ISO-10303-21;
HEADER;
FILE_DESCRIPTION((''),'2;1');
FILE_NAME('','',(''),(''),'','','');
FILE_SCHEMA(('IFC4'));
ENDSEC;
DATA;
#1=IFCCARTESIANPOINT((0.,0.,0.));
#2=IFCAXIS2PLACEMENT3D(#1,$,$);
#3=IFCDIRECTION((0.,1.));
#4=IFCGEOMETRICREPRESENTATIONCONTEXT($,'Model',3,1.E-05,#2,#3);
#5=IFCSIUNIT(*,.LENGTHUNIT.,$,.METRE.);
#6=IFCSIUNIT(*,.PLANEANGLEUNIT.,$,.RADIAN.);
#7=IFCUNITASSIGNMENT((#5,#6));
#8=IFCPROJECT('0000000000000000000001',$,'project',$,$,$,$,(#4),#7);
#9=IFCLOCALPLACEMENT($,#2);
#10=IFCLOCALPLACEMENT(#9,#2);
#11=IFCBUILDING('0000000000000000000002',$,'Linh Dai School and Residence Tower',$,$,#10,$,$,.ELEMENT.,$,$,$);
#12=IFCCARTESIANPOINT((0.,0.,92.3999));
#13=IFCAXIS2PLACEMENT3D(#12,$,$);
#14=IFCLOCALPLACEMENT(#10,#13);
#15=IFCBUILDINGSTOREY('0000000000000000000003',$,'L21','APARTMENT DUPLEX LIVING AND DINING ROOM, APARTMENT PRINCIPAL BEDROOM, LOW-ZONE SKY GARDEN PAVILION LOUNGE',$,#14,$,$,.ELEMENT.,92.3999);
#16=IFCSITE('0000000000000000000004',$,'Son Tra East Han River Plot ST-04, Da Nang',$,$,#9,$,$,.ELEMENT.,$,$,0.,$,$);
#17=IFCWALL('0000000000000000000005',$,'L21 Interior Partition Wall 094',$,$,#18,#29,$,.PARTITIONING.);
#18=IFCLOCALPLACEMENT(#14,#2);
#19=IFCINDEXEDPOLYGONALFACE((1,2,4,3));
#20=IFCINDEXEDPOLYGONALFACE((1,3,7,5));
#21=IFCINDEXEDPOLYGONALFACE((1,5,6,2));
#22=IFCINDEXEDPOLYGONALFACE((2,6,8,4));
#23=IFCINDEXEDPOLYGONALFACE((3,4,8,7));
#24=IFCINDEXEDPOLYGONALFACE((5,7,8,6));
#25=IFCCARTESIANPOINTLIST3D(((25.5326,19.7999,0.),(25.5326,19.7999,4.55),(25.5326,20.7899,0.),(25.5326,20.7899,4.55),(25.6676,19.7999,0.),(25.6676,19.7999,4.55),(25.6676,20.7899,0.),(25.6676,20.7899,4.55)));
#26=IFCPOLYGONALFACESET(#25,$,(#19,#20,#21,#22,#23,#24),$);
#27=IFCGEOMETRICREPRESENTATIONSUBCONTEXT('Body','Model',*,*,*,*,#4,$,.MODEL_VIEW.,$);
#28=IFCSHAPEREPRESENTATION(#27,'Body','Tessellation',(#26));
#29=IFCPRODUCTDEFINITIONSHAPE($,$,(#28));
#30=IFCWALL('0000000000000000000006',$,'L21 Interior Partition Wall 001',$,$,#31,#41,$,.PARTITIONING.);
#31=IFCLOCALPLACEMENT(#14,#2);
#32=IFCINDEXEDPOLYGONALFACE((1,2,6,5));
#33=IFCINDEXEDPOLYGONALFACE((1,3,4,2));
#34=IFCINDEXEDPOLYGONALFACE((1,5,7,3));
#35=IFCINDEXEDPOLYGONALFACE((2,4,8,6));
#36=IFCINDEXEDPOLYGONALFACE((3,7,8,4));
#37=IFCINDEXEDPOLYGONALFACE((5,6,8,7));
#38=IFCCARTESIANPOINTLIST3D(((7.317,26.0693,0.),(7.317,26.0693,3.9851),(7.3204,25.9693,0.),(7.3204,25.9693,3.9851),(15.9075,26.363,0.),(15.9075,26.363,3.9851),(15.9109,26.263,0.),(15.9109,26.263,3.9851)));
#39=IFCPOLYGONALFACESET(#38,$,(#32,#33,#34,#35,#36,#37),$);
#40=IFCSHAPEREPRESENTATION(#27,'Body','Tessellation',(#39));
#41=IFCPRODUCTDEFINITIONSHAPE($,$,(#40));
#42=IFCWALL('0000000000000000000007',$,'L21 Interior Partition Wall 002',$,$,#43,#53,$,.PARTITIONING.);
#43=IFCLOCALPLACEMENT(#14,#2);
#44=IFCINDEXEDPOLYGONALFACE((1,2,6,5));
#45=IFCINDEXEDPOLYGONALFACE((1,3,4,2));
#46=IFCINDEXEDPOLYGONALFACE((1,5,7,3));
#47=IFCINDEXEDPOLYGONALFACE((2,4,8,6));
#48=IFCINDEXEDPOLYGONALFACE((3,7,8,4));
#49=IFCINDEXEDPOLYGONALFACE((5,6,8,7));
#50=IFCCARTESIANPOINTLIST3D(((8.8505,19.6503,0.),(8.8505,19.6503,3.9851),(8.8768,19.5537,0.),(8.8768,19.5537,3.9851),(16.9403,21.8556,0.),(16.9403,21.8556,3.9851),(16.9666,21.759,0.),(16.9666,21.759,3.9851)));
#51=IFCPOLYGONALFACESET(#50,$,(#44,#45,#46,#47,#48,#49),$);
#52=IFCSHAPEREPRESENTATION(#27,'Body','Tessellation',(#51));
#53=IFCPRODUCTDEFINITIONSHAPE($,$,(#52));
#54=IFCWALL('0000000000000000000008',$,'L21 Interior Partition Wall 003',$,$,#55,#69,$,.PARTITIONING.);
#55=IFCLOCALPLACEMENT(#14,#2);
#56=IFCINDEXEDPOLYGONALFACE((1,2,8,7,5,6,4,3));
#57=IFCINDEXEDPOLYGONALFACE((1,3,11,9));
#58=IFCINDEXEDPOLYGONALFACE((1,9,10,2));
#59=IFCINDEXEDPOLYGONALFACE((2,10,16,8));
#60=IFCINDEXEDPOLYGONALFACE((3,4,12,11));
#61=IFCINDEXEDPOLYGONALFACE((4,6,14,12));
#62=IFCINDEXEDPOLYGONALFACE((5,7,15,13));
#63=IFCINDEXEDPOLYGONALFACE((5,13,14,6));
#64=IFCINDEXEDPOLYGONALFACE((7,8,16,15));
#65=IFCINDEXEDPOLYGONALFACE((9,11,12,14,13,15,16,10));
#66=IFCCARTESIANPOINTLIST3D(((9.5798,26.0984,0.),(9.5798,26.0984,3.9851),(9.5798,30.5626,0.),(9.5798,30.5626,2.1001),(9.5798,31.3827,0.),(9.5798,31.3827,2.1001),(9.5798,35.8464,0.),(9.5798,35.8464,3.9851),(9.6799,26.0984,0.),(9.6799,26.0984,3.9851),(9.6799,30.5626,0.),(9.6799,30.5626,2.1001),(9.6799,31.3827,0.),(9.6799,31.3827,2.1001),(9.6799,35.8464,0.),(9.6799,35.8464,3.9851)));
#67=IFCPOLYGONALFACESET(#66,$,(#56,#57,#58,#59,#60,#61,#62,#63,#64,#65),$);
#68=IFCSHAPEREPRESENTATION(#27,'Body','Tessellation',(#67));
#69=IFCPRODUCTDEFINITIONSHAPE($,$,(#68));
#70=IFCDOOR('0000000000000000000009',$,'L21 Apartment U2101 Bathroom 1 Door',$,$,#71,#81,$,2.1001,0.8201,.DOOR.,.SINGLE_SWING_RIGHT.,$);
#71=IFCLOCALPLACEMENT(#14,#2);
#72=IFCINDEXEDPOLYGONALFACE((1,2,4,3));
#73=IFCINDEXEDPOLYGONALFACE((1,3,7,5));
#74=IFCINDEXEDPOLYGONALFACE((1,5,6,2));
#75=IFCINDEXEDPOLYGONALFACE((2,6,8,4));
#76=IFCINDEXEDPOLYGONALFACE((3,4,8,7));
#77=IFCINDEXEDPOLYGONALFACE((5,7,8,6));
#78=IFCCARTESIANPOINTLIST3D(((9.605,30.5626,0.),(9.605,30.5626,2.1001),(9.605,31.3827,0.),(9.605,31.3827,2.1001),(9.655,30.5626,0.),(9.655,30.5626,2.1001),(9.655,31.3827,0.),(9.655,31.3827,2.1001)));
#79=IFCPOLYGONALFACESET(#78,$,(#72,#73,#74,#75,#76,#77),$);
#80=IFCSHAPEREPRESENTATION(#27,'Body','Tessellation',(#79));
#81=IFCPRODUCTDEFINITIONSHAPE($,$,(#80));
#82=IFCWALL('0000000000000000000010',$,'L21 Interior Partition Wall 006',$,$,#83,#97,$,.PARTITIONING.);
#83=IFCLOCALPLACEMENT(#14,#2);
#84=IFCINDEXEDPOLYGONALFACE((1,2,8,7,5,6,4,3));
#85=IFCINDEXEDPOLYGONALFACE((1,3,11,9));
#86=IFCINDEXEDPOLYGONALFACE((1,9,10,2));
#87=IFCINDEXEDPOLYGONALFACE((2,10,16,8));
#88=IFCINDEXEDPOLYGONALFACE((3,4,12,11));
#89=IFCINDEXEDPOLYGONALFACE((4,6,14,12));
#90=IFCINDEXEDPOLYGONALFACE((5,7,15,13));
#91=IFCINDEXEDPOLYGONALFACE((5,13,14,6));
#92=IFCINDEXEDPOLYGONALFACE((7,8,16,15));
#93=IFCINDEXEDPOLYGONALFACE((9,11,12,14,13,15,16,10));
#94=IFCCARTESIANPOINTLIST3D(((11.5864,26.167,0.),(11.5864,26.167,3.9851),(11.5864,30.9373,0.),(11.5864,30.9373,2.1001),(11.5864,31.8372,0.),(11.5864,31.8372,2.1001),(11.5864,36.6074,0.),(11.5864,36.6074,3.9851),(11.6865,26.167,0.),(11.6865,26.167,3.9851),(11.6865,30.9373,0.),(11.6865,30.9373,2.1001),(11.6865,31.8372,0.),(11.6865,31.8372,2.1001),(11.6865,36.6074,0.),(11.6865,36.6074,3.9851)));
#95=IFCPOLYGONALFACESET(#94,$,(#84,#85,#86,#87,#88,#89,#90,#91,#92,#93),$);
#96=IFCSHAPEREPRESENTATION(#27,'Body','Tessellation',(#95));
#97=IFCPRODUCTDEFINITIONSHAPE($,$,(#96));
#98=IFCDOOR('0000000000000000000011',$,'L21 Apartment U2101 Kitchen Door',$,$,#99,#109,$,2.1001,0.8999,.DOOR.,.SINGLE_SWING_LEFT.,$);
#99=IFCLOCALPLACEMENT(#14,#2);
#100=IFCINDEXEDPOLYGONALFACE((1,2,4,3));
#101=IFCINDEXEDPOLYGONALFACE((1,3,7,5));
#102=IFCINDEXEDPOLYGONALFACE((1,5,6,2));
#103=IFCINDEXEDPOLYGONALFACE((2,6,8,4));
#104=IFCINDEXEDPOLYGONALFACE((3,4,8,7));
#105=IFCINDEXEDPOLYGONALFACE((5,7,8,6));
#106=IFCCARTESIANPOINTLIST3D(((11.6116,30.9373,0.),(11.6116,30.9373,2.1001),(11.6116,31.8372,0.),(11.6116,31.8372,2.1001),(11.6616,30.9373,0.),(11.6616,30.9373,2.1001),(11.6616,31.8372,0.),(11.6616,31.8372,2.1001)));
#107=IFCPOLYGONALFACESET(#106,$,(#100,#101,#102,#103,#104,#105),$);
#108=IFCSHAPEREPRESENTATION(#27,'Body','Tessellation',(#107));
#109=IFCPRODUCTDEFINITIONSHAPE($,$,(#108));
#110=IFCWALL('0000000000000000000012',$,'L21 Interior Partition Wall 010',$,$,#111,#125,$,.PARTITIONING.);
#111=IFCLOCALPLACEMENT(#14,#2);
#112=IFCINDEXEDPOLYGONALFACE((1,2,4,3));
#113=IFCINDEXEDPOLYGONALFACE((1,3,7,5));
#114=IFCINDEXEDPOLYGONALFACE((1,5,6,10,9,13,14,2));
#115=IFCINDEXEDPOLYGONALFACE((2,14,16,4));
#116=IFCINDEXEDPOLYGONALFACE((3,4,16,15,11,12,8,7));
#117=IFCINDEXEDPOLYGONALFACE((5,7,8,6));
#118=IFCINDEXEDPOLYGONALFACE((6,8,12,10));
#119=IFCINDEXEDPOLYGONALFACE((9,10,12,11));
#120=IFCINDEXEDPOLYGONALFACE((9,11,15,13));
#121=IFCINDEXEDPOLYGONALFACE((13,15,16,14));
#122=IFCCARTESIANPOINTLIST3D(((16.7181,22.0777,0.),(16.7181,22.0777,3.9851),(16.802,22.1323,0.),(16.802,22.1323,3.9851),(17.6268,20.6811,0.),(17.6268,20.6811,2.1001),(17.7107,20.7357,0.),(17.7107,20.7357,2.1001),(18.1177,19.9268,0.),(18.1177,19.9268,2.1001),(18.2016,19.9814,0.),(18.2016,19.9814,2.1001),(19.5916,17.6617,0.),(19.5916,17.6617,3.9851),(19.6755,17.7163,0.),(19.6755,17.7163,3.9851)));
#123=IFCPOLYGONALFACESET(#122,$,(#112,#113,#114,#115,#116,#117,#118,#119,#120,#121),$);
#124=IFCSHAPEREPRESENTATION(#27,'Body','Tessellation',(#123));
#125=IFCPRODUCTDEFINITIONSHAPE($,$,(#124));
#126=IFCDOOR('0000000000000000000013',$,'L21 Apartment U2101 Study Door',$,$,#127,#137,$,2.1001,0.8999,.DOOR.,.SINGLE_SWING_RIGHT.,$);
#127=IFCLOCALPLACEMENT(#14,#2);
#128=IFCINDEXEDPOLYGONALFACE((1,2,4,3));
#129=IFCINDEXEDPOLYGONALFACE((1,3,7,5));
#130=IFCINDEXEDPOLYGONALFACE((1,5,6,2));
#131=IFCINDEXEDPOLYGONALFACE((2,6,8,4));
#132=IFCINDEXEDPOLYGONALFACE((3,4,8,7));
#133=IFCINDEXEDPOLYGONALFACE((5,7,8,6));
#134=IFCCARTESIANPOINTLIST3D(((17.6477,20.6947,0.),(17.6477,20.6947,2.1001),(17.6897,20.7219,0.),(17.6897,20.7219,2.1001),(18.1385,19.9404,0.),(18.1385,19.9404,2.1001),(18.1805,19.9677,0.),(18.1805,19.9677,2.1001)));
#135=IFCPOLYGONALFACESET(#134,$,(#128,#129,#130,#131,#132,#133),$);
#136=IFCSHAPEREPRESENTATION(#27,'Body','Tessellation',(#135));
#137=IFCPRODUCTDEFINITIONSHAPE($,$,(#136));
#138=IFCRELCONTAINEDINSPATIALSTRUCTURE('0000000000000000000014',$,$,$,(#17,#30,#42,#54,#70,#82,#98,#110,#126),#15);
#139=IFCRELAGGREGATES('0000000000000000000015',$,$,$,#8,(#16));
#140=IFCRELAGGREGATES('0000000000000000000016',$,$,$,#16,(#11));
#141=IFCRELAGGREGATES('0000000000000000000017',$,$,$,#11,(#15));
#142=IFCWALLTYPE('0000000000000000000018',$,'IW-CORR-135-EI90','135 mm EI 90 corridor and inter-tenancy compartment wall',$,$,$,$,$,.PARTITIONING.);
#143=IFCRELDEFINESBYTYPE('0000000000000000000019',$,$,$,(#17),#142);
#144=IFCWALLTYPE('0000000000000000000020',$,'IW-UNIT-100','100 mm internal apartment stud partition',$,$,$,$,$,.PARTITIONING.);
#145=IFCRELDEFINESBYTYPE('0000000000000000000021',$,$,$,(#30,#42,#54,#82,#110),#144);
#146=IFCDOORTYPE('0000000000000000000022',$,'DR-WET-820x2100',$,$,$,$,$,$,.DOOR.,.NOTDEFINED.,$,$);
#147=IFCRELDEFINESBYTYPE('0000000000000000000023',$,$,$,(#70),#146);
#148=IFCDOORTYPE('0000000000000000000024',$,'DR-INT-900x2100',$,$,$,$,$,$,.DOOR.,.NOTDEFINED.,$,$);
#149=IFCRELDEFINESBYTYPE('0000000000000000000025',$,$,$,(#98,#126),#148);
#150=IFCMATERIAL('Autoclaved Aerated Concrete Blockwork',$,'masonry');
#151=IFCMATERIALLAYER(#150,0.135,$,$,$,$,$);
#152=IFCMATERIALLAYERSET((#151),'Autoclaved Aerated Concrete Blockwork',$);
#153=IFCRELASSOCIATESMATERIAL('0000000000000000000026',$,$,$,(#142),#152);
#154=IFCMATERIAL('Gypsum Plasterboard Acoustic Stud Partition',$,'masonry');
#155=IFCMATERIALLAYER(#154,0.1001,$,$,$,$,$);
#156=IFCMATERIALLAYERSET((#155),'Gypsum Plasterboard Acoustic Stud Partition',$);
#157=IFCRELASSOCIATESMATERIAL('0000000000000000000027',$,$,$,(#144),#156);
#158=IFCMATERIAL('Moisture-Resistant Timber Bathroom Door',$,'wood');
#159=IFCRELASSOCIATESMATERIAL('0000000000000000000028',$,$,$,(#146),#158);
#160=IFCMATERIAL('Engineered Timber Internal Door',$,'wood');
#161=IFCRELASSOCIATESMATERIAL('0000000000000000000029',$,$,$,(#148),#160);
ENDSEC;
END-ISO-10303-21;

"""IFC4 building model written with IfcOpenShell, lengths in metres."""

from ifc_helpers import new_model, si_unit, direction, frame, frame_2d, origin, origin_2d, place, context, subcontext, project, spatial, rectangle, extrude, source, transform, mapped, material, layer, layer_set, type_object, element, fill, save


model = new_model("IFC4")

# Units and contexts
model_context = context("Model", 3, precision=1e-05, world=origin(), true_north=direction((0.0, 1.0)))
body_context = subcontext(model_context, "Body", "Model", "MODEL_VIEW")
ifc_project = project(units=[si_unit("LENGTHUNIT", "METRE"), si_unit("PLANEANGLEUNIT", "RADIAN")], contexts=[model_context])

# Site, building, storey
site_placement = place(None, origin())
site = spatial("IfcSite", under=ifc_project, at=site_placement, Name="Son Tra East Han River Plot ST-04, Da Nang", CompositionType="ELEMENT", RefElevation=0.0)
building_placement = place(site_placement, origin())
building = spatial("IfcBuilding", under=site, at=building_placement, Name="Linh Dai School and Residence Tower", CompositionType="ELEMENT")
storey_placement = place(building_placement, frame((0.0, 0.0, 92.3999)))
storey = spatial("IfcBuildingStorey", under=building, at=storey_placement, Name="L21", Description="APARTMENT DUPLEX LIVING AND DINING ROOM, APARTMENT PRINCIPAL BEDROOM, LOW-ZONE SKY GARDEN PAVILION LOUNGE", CompositionType="ELEMENT", Elevation=92.3999)

# Shared definitions
ifc_material_1 = material(Name="Autoclaved Aerated Concrete Blockwork", Category="masonry")
ifc_layer_1 = layer(ifc_material_1, 0.135)
ifc_layer_set_1 = layer_set([ifc_layer_1], Name="Autoclaved Aerated Concrete Blockwork")
wall_type_1 = type_object("IfcWallType", Name="IW-CORR-135-EI90", Description="135 mm EI 90 corridor and inter-tenancy compartment wall", PredefinedType="PARTITIONING", material=ifc_layer_set_1)

# Walls
wall_1_placement = place(storey_placement, frame((25.6001, 20.79, 0.0), z_axis=(0.0, 0.0, 1.0), x_axis=(0.0, -1.0, 0.0)))
element("IfcWall", 1, at=wall_1_placement, inside=storey, type_object=wall_type_1, Name="L21 Interior Partition Wall 094", PredefinedType="PARTITIONING", context=body_context, shape_type="SweptSolid", body=[
    extrude(rectangle(XDim=0.99, YDim=0.135, at=frame_2d((0.4951, 0.0))), origin(), (0.0, 0.0, 1.0), 4.55),
])
ifc_material_2 = material(Name="Gypsum Plasterboard Acoustic Stud Partition", Category="masonry")
ifc_layer_2 = layer(ifc_material_2, 0.1001)
ifc_layer_set_2 = layer_set([ifc_layer_2], Name="Gypsum Plasterboard Acoustic Stud Partition")
wall_type_2 = type_object("IfcWallType", Name="IW-UNIT-100", Description="100 mm internal apartment stud partition", PredefinedType="PARTITIONING", material=ifc_layer_set_2)
wall_2_placement = place(storey_placement, frame((7.3186, 26.0193, 0.0), z_axis=(0.0, 0.0, 1.0), x_axis=(0.999416, 0.03417, 0.0)))
element("IfcWall", 2, at=wall_2_placement, inside=storey, type_object=wall_type_2, Name="L21 Interior Partition Wall 001", PredefinedType="PARTITIONING", context=body_context, shape_type="SweptSolid", body=[
    extrude(rectangle(XDim=8.5955, YDim=0.1001, at=frame_2d((4.2979, 0.0))), origin(), (0.0, 0.0, 1.0), 3.9851),
])
wall_3_placement = place(storey_placement, frame((8.8638, 19.6021, 0.0), z_axis=(0.0, 0.0, 1.0), x_axis=(0.964794, 0.263007, 0.0)))
element("IfcWall", 3, at=wall_3_placement, inside=storey, type_object=wall_type_2, Name="L21 Interior Partition Wall 002", PredefinedType="PARTITIONING", context=body_context, shape_type="SweptSolid", body=[
    extrude(rectangle(XDim=8.385, YDim=0.1001, at=frame_2d((4.1924, 0.0))), origin(), (0.0, 0.0, 1.0), 3.9851),
])

# Walls, openings, doors
wall_4_placement = place(storey_placement, frame((9.6299, 26.0984, 0.0), z_axis=(0.0, 0.0, 1.0), x_axis=(0.0, 1.0, 0.0)))
wall_4 = element("IfcWall", 4, at=wall_4_placement, inside=storey, type_object=wall_type_2, Name="L21 Interior Partition Wall 003", PredefinedType="PARTITIONING", context=body_context, shape_type="SweptSolid", body=[
    extrude(rectangle(XDim=9.748, YDim=0.1001, at=frame_2d((4.874, 0.0))), origin(), (0.0, 0.0, 1.0), 3.9851),
])
opening_1_placement = place(wall_4_placement, frame((4.4641, 0.0, 0.0)))
opening_1 = element("IfcOpeningElement", 5, at=opening_1_placement, cuts=wall_4, PredefinedType="OPENING", context=body_context, shape_type="SweptSolid", body=[
    extrude(rectangle(XDim=0.8201, YDim=2.1001, at=origin_2d()), frame((0.4102, 0.0601, 1.05), z_axis=(0.0, -1.0, 0.0), x_axis=(1.0, 0.0, 0.0)), (0.0, 0.0, 1.0), 0.1201),
])
ifc_material_3 = material(Name="Moisture-Resistant Timber Bathroom Door", Category="wood")
door_type_1 = type_object("IfcDoorType", Name="DR-WET-820x2100", OperationType="NOTDEFINED", PredefinedType="DOOR", material=ifc_material_3)
shared_shape_1 = source(origin(), body_context, "Body", "SweptSolid", [
    extrude(rectangle(XDim=0.8201, YDim=2.1001, at=origin_2d()), frame((0.4102, 0.0249, 1.05), z_axis=(0.0, -1.0, 0.0), x_axis=(1.0, 0.0, 0.0)), (0.0, 0.0, 1.0), 0.05),
])
door_1_placement = place(opening_1_placement, origin())
door_1 = element("IfcDoor", 6, at=door_1_placement, inside=storey, type_object=door_type_1, Name="L21 Apartment U2101 Bathroom 1 Door", OperationType="SINGLE_SWING_RIGHT", OverallHeight=2.1001, OverallWidth=0.8201, PredefinedType="DOOR", context=body_context, shape_type="MappedRepresentation", body=[
    mapped(shared_shape_1, transform((0.0, 0.0, 0.0), x_axis=(1.0, 0.0, 0.0), y_axis=(0.0, 1.0, 0.0), z_axis=(0.0, 0.0, 1.0), scale=1.0)),
])
fill(opening_1, door_1)
wall_5_placement = place(storey_placement, frame((11.6365, 26.167, 0.0), z_axis=(0.0, 0.0, 1.0), x_axis=(0.0, 1.0, 0.0)))
wall_5 = element("IfcWall", 7, at=wall_5_placement, inside=storey, type_object=wall_type_2, Name="L21 Interior Partition Wall 006", PredefinedType="PARTITIONING", context=body_context, shape_type="SweptSolid", body=[
    extrude(rectangle(XDim=10.4404, YDim=0.1001, at=frame_2d((5.2202, 0.0))), origin(), (0.0, 0.0, 1.0), 3.9851),
])
opening_2_placement = place(wall_5_placement, frame((4.7703, 0.0, 0.0)))
opening_2 = element("IfcOpeningElement", 8, at=opening_2_placement, cuts=wall_5, PredefinedType="OPENING", context=body_context, shape_type="SweptSolid", body=[
    extrude(rectangle(XDim=0.8999, YDim=2.1001, at=origin_2d()), frame((0.45, 0.0601, 1.05), z_axis=(0.0, -1.0, 0.0), x_axis=(1.0, 0.0, 0.0)), (0.0, 0.0, 1.0), 0.1201),
])
ifc_material_4 = material(Name="Engineered Timber Internal Door", Category="wood")
door_type_2 = type_object("IfcDoorType", Name="DR-INT-900x2100", OperationType="NOTDEFINED", PredefinedType="DOOR", material=ifc_material_4)
shared_shape_2 = source(origin(), body_context, "Body", "SweptSolid", [
    extrude(rectangle(XDim=0.8999, YDim=2.1001, at=origin_2d()), frame((0.45, 0.0249, 1.05), z_axis=(0.0, -1.0, 0.0), x_axis=(1.0, 0.0, 0.0)), (0.0, 0.0, 1.0), 0.05),
])
door_2_placement = place(opening_2_placement, origin())
door_2 = element("IfcDoor", 9, at=door_2_placement, inside=storey, type_object=door_type_2, Name="L21 Apartment U2101 Kitchen Door", OperationType="SINGLE_SWING_LEFT", OverallHeight=2.1001, OverallWidth=0.8999, PredefinedType="DOOR", context=body_context, shape_type="MappedRepresentation", body=[
    mapped(shared_shape_2, transform((0.0, 0.0, 0.0), x_axis=(1.0, 0.0, 0.0), y_axis=(0.0, 1.0, 0.0), z_axis=(0.0, 0.0, 1.0), scale=1.0)),
])
fill(opening_2, door_2)
wall_6_placement = place(storey_placement, frame((16.76, 22.105, 0.0), z_axis=(0.0, 0.0, 1.0), x_axis=(0.545405, -0.838172, 0.0)))
wall_6 = element("IfcWall", 10, at=wall_6_placement, inside=storey, type_object=wall_type_2, Name="L21 Interior Partition Wall 010", PredefinedType="PARTITIONING", context=body_context, shape_type="SweptSolid", body=[
    extrude(rectangle(XDim=5.2686, YDim=0.1001, at=frame_2d((2.6343, 0.0))), origin(), (0.0, 0.0, 1.0), 3.9851),
])
opening_3_placement = place(wall_6_placement, frame((1.6663, 0.0, 0.0)))
opening_3 = element("IfcOpeningElement", 11, at=opening_3_placement, cuts=wall_6, PredefinedType="OPENING", context=body_context, shape_type="SweptSolid", body=[
    extrude(rectangle(XDim=0.8999, YDim=2.1001, at=origin_2d()), frame((0.45, 0.0601, 1.05), z_axis=(0.0, -1.0, 0.0), x_axis=(1.0, 0.0, 0.0)), (0.0, 0.0, 1.0), 0.1201),
])
door_3_placement = place(opening_3_placement, origin())
door_3 = element("IfcDoor", 12, at=door_3_placement, inside=storey, type_object=door_type_2, Name="L21 Apartment U2101 Study Door", OperationType="SINGLE_SWING_RIGHT", OverallHeight=2.1001, OverallWidth=0.8999, PredefinedType="DOOR", context=body_context, shape_type="MappedRepresentation", body=[
    mapped(shared_shape_2, transform((0.0, 0.0, 0.0), x_axis=(1.0, 0.0, 0.0), y_axis=(0.0, 1.0, 0.0), z_axis=(0.0, 0.0, 1.0), scale=1.0)),
])
fill(opening_3, door_3)

save(model, "model.ifc")
